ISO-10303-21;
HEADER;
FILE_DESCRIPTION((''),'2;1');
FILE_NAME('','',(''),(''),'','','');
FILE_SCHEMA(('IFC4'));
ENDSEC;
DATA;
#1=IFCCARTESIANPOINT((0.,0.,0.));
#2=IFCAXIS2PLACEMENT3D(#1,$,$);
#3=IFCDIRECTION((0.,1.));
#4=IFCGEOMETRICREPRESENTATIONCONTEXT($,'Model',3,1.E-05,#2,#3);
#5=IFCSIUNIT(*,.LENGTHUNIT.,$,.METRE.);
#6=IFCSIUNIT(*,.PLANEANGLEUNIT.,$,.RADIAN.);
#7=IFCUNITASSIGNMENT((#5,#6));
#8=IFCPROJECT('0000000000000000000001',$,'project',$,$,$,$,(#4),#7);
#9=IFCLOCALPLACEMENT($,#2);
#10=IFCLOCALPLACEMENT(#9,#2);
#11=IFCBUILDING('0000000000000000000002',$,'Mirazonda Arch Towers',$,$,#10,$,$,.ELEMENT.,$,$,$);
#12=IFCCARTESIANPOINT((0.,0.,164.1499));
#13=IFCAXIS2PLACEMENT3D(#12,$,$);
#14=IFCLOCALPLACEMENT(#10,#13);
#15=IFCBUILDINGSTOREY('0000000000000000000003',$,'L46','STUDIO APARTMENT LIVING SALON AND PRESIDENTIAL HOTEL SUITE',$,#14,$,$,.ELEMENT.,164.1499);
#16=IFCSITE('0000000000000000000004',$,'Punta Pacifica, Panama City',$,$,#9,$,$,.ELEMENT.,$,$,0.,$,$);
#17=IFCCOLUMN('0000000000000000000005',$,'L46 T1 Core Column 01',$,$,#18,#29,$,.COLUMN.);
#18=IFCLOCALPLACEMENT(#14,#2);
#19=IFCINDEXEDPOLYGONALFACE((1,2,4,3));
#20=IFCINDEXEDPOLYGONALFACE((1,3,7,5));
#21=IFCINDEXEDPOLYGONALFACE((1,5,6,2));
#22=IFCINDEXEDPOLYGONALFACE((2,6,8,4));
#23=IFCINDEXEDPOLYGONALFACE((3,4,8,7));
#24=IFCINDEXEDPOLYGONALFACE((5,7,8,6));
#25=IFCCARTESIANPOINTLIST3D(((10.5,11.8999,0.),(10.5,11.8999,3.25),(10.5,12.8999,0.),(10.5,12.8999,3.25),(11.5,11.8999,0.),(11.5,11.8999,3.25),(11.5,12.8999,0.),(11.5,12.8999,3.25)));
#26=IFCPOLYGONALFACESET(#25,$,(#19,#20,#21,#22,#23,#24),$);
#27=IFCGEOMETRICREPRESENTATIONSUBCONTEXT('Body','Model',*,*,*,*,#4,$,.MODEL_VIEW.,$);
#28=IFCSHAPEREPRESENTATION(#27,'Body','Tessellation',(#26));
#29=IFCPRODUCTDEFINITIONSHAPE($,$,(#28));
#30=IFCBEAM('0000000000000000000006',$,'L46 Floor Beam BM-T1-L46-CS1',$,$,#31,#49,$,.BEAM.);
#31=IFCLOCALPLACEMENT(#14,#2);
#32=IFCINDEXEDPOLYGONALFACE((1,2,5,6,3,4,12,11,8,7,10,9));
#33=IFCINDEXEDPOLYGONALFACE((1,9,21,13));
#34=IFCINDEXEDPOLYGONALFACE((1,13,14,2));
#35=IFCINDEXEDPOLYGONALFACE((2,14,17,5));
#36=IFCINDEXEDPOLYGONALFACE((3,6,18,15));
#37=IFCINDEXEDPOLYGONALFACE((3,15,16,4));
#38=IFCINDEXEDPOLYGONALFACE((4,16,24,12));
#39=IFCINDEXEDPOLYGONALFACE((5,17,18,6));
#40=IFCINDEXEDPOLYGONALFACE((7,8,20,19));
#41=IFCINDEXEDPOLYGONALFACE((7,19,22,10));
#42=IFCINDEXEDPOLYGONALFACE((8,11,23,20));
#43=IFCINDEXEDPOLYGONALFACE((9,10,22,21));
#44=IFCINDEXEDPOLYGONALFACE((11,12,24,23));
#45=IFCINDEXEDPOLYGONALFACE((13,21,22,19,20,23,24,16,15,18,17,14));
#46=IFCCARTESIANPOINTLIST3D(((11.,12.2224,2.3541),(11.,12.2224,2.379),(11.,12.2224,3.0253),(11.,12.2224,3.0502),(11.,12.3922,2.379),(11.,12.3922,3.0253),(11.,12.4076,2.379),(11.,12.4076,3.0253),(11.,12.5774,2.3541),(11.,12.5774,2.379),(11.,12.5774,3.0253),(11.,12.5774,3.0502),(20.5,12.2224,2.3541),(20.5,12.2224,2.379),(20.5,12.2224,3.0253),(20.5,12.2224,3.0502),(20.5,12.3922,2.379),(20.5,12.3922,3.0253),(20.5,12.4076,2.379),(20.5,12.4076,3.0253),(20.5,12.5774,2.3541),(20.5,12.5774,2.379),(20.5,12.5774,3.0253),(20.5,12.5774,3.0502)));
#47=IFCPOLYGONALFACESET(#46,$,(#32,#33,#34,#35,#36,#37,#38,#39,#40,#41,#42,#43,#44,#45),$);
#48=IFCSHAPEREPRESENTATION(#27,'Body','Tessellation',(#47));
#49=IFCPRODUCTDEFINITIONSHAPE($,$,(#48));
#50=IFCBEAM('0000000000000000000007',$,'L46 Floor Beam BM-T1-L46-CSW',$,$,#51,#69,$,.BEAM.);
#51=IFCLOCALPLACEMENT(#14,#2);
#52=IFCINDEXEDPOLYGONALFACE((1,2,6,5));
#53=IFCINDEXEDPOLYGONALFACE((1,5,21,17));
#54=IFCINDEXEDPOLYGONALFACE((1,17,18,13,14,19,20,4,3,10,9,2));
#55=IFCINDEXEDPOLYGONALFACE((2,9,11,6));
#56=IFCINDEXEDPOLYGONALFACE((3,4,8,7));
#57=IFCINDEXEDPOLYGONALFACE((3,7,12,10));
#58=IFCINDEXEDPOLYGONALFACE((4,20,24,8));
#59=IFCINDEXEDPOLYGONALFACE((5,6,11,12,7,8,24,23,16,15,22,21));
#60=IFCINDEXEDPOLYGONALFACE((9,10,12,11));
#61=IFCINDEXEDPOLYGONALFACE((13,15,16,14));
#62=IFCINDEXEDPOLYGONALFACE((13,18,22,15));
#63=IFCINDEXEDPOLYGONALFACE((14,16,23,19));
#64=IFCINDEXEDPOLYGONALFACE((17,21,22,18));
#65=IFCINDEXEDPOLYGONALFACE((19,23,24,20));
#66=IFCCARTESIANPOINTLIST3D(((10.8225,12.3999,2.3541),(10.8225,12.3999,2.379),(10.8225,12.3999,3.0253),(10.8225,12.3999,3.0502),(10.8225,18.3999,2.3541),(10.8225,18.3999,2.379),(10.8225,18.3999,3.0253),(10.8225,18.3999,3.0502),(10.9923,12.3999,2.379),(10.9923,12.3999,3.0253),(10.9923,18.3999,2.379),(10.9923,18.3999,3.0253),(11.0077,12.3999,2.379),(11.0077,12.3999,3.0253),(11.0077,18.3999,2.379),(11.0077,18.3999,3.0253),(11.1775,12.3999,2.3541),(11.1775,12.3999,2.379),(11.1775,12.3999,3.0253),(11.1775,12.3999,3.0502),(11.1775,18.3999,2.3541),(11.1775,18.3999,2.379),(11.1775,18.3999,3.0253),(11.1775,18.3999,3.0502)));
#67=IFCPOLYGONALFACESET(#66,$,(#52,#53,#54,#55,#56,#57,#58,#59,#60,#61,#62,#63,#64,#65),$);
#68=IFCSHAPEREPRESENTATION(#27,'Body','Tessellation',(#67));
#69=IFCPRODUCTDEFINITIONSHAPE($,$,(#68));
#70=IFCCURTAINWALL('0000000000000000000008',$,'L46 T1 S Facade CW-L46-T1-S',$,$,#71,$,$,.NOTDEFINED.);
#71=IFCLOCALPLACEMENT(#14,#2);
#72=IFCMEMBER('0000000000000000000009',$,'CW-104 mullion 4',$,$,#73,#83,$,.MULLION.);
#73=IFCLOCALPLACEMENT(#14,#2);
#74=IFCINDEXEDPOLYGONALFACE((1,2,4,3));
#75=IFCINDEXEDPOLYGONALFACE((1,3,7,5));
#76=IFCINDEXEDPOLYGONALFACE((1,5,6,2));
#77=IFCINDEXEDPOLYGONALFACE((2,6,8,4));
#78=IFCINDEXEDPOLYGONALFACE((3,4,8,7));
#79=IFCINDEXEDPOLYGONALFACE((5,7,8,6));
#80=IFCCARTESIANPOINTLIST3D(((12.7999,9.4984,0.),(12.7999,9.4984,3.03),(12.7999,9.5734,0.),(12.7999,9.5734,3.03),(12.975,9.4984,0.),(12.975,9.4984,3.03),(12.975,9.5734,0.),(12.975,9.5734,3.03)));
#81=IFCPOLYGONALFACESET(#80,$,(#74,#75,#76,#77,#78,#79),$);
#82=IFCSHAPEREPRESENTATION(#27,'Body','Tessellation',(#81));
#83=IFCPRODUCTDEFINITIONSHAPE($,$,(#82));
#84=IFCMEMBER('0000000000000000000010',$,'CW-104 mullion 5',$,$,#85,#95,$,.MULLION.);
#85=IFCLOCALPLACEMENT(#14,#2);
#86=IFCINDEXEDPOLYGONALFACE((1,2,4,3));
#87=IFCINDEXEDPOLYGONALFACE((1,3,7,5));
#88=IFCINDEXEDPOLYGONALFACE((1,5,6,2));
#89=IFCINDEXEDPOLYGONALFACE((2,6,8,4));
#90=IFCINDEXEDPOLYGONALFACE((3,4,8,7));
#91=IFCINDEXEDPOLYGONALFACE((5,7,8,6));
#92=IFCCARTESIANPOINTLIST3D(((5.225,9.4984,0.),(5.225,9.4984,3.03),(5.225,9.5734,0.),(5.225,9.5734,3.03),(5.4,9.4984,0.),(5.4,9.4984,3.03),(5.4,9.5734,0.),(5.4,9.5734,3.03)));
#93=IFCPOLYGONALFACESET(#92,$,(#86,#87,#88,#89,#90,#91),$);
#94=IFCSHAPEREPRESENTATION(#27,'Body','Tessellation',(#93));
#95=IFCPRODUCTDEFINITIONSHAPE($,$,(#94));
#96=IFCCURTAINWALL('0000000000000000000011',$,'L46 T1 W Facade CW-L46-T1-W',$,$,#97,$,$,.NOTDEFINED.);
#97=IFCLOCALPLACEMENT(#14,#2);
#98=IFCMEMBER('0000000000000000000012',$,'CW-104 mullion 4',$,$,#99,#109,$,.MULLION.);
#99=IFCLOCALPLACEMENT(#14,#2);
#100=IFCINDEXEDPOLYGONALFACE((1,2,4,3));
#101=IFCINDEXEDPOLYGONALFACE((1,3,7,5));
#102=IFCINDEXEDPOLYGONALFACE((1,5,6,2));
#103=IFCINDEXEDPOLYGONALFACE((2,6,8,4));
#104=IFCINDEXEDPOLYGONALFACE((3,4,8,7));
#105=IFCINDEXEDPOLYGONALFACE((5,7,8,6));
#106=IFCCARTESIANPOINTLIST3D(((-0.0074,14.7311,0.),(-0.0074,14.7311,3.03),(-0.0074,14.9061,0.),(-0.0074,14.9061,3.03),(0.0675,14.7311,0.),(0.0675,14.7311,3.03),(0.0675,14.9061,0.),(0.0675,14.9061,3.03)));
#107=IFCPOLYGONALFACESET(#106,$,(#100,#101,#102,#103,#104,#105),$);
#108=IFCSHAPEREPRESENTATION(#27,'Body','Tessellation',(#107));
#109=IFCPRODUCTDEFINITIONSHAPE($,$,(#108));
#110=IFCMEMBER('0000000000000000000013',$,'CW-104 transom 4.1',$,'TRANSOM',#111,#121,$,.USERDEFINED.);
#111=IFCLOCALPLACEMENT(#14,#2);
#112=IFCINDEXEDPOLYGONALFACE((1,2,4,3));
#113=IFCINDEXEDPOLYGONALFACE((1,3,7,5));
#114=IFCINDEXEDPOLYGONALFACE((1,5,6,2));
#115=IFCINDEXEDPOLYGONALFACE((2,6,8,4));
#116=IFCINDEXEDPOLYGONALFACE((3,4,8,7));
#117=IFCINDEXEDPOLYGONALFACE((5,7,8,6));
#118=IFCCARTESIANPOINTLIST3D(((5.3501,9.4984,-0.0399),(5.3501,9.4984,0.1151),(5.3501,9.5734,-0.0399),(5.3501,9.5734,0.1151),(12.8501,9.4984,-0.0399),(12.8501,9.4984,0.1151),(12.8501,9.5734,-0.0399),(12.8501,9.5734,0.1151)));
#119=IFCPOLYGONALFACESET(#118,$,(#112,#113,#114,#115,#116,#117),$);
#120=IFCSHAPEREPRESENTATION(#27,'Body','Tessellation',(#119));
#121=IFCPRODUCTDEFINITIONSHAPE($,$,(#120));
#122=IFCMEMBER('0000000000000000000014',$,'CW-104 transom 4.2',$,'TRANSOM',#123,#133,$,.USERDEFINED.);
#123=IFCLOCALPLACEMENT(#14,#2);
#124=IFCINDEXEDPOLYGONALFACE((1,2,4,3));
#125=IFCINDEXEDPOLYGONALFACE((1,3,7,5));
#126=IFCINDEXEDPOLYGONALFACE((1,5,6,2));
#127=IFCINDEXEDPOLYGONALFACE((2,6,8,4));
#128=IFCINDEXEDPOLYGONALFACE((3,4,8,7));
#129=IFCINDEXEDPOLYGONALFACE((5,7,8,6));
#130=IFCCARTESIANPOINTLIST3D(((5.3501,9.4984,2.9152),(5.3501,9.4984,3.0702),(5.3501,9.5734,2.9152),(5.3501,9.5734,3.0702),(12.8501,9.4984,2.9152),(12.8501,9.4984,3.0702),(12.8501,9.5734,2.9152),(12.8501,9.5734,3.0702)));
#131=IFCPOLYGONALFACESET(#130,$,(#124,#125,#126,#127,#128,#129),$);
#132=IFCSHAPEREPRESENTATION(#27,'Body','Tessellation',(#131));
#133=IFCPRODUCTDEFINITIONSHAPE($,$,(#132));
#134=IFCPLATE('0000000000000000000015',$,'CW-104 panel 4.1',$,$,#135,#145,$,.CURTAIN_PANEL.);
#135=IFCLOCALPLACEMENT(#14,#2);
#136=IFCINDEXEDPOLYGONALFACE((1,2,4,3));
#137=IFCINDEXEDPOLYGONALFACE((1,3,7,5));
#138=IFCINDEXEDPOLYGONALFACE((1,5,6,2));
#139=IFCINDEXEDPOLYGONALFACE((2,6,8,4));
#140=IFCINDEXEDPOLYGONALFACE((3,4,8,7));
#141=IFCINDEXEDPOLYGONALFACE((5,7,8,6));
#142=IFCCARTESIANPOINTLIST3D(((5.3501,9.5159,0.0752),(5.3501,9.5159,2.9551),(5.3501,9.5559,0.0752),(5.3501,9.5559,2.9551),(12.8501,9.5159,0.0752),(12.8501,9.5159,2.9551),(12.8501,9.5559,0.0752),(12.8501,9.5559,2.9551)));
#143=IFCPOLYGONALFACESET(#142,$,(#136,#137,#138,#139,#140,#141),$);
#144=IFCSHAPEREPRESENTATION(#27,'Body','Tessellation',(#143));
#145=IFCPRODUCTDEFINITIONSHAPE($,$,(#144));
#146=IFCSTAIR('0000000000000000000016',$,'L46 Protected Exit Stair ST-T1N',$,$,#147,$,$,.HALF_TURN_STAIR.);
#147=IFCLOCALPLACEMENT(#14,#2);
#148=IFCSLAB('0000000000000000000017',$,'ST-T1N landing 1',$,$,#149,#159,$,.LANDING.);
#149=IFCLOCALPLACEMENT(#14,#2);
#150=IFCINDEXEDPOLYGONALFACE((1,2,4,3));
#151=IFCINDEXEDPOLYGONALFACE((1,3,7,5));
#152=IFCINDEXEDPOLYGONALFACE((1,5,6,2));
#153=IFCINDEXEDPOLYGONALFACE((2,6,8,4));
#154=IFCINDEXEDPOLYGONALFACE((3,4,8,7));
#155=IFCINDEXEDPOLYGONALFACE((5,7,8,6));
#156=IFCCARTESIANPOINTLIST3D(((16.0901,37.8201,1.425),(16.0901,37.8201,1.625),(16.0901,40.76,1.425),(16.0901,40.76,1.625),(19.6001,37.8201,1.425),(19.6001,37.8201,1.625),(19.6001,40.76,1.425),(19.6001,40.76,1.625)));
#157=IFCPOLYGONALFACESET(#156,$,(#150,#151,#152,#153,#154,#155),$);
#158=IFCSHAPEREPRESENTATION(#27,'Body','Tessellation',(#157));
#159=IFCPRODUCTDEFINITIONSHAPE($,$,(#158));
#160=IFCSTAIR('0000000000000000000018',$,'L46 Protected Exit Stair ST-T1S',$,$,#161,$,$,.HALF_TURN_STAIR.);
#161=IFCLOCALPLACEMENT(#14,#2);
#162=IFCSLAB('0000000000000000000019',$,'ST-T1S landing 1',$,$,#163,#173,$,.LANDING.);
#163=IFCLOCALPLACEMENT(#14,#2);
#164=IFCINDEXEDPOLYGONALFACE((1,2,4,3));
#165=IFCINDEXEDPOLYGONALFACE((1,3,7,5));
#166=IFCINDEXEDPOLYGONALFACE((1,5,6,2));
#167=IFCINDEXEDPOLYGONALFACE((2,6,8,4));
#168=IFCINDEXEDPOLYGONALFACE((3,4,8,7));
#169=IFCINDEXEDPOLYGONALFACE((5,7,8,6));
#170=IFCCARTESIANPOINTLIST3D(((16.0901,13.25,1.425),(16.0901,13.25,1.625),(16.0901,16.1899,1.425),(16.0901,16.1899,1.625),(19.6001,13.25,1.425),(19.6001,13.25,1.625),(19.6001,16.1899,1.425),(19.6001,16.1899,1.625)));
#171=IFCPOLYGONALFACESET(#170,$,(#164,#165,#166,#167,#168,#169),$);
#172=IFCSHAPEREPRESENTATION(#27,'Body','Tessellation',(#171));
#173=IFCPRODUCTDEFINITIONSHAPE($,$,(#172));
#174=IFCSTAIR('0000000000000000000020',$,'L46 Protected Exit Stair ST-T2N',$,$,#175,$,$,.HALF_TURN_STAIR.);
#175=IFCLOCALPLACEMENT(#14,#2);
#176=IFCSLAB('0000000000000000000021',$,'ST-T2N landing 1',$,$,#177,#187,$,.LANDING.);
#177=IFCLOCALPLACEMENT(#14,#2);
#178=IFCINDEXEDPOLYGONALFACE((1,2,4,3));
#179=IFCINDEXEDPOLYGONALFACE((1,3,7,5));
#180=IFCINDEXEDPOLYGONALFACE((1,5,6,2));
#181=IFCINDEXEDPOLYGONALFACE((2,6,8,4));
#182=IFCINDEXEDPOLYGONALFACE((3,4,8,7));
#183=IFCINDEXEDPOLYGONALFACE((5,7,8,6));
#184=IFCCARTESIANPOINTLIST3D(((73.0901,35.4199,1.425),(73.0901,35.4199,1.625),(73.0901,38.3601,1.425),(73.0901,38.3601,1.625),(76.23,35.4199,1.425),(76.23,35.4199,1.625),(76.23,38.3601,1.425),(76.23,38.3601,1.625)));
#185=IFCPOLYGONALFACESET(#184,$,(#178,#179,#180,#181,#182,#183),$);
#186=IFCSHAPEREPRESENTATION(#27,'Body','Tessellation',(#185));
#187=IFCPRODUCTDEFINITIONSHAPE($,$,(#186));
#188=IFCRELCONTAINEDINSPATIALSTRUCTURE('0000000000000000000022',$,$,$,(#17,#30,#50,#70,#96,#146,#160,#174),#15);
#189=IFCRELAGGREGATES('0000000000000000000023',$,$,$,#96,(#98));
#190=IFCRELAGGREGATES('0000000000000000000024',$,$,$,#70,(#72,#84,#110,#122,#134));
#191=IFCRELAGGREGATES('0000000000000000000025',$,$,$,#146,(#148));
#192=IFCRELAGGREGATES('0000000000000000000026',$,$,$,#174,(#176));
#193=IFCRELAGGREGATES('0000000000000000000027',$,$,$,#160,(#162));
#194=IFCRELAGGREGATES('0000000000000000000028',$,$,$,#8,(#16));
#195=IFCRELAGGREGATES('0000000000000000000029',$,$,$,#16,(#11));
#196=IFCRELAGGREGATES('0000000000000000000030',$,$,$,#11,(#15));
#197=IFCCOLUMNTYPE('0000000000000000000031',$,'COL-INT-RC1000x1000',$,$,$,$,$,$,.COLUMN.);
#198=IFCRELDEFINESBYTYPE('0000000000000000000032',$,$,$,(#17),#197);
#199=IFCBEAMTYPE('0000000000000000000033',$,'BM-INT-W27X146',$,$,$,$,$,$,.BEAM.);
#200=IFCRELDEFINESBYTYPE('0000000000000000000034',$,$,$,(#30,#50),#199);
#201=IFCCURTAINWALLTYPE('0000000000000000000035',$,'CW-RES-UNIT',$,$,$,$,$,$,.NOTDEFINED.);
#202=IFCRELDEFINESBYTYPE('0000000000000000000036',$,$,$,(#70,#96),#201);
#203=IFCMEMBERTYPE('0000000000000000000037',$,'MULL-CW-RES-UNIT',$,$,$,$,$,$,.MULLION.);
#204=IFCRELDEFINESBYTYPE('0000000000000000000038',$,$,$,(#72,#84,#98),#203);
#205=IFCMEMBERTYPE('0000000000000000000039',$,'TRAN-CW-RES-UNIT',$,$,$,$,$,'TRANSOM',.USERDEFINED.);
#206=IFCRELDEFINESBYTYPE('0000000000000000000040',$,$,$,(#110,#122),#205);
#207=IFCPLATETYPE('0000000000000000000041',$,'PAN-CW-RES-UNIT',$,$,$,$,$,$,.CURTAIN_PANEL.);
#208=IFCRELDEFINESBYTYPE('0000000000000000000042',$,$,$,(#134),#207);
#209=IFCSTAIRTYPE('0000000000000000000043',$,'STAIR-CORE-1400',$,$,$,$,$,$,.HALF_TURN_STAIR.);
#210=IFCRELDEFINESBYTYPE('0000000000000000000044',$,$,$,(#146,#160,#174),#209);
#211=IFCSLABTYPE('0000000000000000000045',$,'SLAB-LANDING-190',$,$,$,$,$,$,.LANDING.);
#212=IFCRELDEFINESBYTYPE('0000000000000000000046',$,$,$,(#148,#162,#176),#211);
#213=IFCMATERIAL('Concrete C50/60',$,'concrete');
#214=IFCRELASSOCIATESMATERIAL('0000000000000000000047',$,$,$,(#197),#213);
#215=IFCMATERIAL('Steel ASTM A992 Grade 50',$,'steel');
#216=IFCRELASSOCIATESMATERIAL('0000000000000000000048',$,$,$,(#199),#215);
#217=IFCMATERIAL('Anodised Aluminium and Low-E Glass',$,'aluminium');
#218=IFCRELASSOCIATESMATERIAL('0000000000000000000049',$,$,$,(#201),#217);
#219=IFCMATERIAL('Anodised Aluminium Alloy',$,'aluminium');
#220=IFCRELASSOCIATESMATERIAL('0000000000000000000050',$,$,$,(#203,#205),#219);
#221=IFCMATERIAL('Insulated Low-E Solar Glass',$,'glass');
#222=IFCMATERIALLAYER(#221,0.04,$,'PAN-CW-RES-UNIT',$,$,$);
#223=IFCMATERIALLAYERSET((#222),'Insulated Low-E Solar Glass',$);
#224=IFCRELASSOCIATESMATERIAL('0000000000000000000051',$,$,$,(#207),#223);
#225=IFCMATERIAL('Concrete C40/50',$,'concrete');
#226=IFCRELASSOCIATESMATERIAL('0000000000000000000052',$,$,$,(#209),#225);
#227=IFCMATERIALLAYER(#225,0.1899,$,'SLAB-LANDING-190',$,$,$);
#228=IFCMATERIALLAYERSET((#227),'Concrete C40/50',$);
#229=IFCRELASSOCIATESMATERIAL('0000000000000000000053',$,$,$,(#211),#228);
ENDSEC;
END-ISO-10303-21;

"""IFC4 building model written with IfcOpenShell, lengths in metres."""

from ifc_helpers import new_model, si_unit, direction, frame, origin, origin_2d, place, context, subcontext, project, spatial, polyline, rectangle, i_section, outline, extrude, material, layer, layer_set, material_profile, profile_set, type_object, element, aggregate, save


model = new_model("IFC4")

# Units and contexts
model_context = context("Model", 3, precision=1e-05, world=origin(), true_north=direction((0.0, 1.0)))
body_context = subcontext(model_context, "Body", "Model", "MODEL_VIEW")
ifc_project = project(units=[si_unit("LENGTHUNIT", "METRE"), si_unit("PLANEANGLEUNIT", "RADIAN")], contexts=[model_context])

# Site, building, storey
site_placement = place(None, origin())
site = spatial("IfcSite", under=ifc_project, at=site_placement, Name="Punta Pacifica, Panama City", CompositionType="ELEMENT", RefElevation=0.0)
building_placement = place(site_placement, origin())
building = spatial("IfcBuilding", under=site, at=building_placement, Name="Mirazonda Arch Towers", CompositionType="ELEMENT")
storey_placement = place(building_placement, frame((0.0, 0.0, 164.1499)))
storey = spatial("IfcBuildingStorey", under=building, at=storey_placement, Name="L46", Description="STUDIO APARTMENT LIVING SALON AND PRESIDENTIAL HOTEL SUITE", CompositionType="ELEMENT", Elevation=164.1499)

# Column
ifc_material_1 = material(Name="Concrete C50/60", Category="concrete")
ifc_material_profile_1 = material_profile(ifc_material_1, rectangle(XDim=1.0, YDim=1.0, at=origin_2d()), Name="RC1000x1000")
ifc_profile_set_1 = profile_set([ifc_material_profile_1], Name="Concrete C50/60")
column_type = type_object("IfcColumnType", Name="COL-INT-RC1000x1000", PredefinedType="COLUMN", material=ifc_profile_set_1)
column_placement = place(storey_placement, frame((11.0, 12.3999, 0.0), z_axis=(0.0, 0.0, 1.0), x_axis=(1.0, 0.0, 0.0)))
element("IfcColumn", 1, at=column_placement, inside=storey, type_object=column_type, Name="L46 T1 Core Column 01", PredefinedType="COLUMN", context=body_context, shape_type="SweptSolid", body=[
    extrude(rectangle(XDim=1.0, YDim=1.0, at=origin_2d()), origin(), (0.0, 0.0, 1.0), 3.25),
])

# Beams
ifc_material_2 = material(Name="Steel ASTM A992 Grade 50", Category="steel")
ifc_material_profile_2 = material_profile(ifc_material_2, i_section(OverallWidth=0.355, OverallDepth=0.696, WebThickness=0.0154, FlangeThickness=0.0249, at=origin_2d()), Name="W27X146")
ifc_profile_set_2 = profile_set([ifc_material_profile_2], Name="Steel ASTM A992 Grade 50")
beam_type = type_object("IfcBeamType", Name="BM-INT-W27X146", PredefinedType="BEAM", material=ifc_profile_set_2)
beam_1_placement = place(storey_placement, frame((11.0, 12.3999, 2.7021), z_axis=(1.0, 0.0, 0.0), x_axis=(0.0, 1.0, 0.0)))
element("IfcBeam", 2, at=beam_1_placement, inside=storey, type_object=beam_type, Name="L46 Floor Beam BM-T1-L46-CS1", PredefinedType="BEAM", context=body_context, shape_type="SweptSolid", body=[
    extrude(i_section(OverallWidth=0.355, OverallDepth=0.696, WebThickness=0.0154, FlangeThickness=0.0249, at=origin_2d()), origin(), (0.0, 0.0, 1.0), 9.5),
])
beam_2_placement = place(storey_placement, frame((11.0, 12.3999, 2.7021), z_axis=(0.0, 1.0, 0.0), x_axis=(-1.0, 0.0, 0.0)))
element("IfcBeam", 3, at=beam_2_placement, inside=storey, type_object=beam_type, Name="L46 Floor Beam BM-T1-L46-CSW", PredefinedType="BEAM", context=body_context, shape_type="SweptSolid", body=[
    extrude(i_section(OverallWidth=0.355, OverallDepth=0.696, WebThickness=0.0154, FlangeThickness=0.0249, at=origin_2d()), origin(), (0.0, 0.0, 1.0), 6.0),
])

# Curtain wall, members
ifc_material_3 = material(Name="Anodised Aluminium and Low-E Glass", Category="aluminium")
curtain_wall_type = type_object("IfcCurtainWallType", Name="CW-RES-UNIT", PredefinedType="NOTDEFINED", material=ifc_material_3)
curtain_wall_1_placement = place(storey_placement, origin())
curtain_wall_1 = element("IfcCurtainWall", 4, at=curtain_wall_1_placement, inside=storey, type_object=curtain_wall_type, Name="L46 T1 S Facade CW-L46-T1-S", PredefinedType="NOTDEFINED")
ifc_material_4 = material(Name="Anodised Aluminium Alloy", Category="aluminium")
ifc_material_profile_3 = material_profile(ifc_material_4, rectangle(XDim=0.075, YDim=0.175, at=origin_2d()), Name="ALU-MULL-75x175")
ifc_profile_set_3 = profile_set([ifc_material_profile_3], Name="Anodised Aluminium Alloy")
member_type_1 = type_object("IfcMemberType", Name="MULL-CW-RES-UNIT", PredefinedType="MULLION", material=ifc_profile_set_3)
member_1_placement = place(storey_placement, frame((12.8875, 9.5359, 0.0), z_axis=(0.0, 0.0, 1.0), x_axis=(0.0, -1.0, 0.0)))
member_1 = element("IfcMember", 5, at=member_1_placement, type_object=member_type_1, Name="CW-104 mullion 4", PredefinedType="MULLION", context=body_context, shape_type="SweptSolid", body=[
    extrude(rectangle(XDim=0.075, YDim=0.175, at=origin_2d()), origin(), (0.0, 0.0, 1.0), 3.03),
])
member_2_placement = place(storey_placement, frame((5.3125, 9.5359, 0.0), z_axis=(0.0, 0.0, 1.0), x_axis=(0.0, -1.0, 0.0)))
member_2 = element("IfcMember", 6, at=member_2_placement, type_object=member_type_1, Name="CW-104 mullion 5", PredefinedType="MULLION", context=body_context, shape_type="SweptSolid", body=[
    extrude(rectangle(XDim=0.075, YDim=0.175, at=origin_2d()), origin(), (0.0, 0.0, 1.0), 3.03),
])

# Curtain wall, member
curtain_wall_2_placement = place(storey_placement, origin())
curtain_wall_2 = element("IfcCurtainWall", 7, at=curtain_wall_2_placement, inside=storey, type_object=curtain_wall_type, Name="L46 T1 W Facade CW-L46-T1-W", PredefinedType="NOTDEFINED")
member_3_placement = place(storey_placement, frame((0.03, 14.8186, 0.0), z_axis=(0.0, 0.0, 1.0), x_axis=(1.0, 0.0, 0.0)))
member_3 = element("IfcMember", 8, at=member_3_placement, type_object=member_type_1, Name="CW-104 mullion 4", PredefinedType="MULLION", context=body_context, shape_type="SweptSolid", body=[
    extrude(rectangle(XDim=0.075, YDim=0.175, at=origin_2d()), origin(), (0.0, 0.0, 1.0), 3.03),
])
aggregate(curtain_wall_2, [member_3])

# Members
ifc_material_profile_4 = material_profile(ifc_material_4, rectangle(XDim=0.075, YDim=0.155, at=origin_2d()), Name="ALU-TRAN-75x155")
ifc_profile_set_4 = profile_set([ifc_material_profile_4], Name="Anodised Aluminium Alloy")
member_type_2 = type_object("IfcMemberType", Name="TRAN-CW-RES-UNIT", ElementType="TRANSOM", PredefinedType="USERDEFINED", material=ifc_profile_set_4)
member_4_placement = place(storey_placement, frame((12.8501, 9.5359, 0.0376), z_axis=(-1.0, 0.0, 0.0), x_axis=(0.0, -1.0, 0.0)))
member_4 = element("IfcMember", 9, at=member_4_placement, type_object=member_type_2, Name="CW-104 transom 4.1", ObjectType="TRANSOM", PredefinedType="USERDEFINED", context=body_context, shape_type="SweptSolid", body=[
    extrude(rectangle(XDim=0.075, YDim=0.155, at=origin_2d()), origin(), (0.0, 0.0, 1.0), 7.5),
])
member_5_placement = place(storey_placement, frame((12.8501, 9.5359, 2.9927), z_axis=(-1.0, 0.0, 0.0), x_axis=(0.0, -1.0, 0.0)))
member_5 = element("IfcMember", 10, at=member_5_placement, type_object=member_type_2, Name="CW-104 transom 4.2", ObjectType="TRANSOM", PredefinedType="USERDEFINED", context=body_context, shape_type="SweptSolid", body=[
    extrude(rectangle(XDim=0.075, YDim=0.155, at=origin_2d()), origin(), (0.0, 0.0, 1.0), 7.5),
])

# Plate
ifc_material_5 = material(Name="Insulated Low-E Solar Glass", Category="glass")
ifc_layer_1 = layer(ifc_material_5, 0.04, Name="PAN-CW-RES-UNIT")
ifc_layer_set_1 = layer_set([ifc_layer_1], Name="Insulated Low-E Solar Glass")
plate_type = type_object("IfcPlateType", Name="PAN-CW-RES-UNIT", PredefinedType="CURTAIN_PANEL", material=ifc_layer_set_1)
plate_placement = place(storey_placement, frame((9.1001, 9.5359, 0.0752), z_axis=(0.0, 0.0, 1.0), x_axis=(-1.0, 0.0, 0.0)))
plate = element("IfcPlate", 11, at=plate_placement, type_object=plate_type, Name="CW-104 panel 4.1", PredefinedType="CURTAIN_PANEL", context=body_context, shape_type="SweptSolid", body=[
    extrude(rectangle(XDim=7.5, YDim=0.04, at=origin_2d()), origin(), (0.0, 0.0, 1.0), 2.8799),
])
aggregate(curtain_wall_1, [member_1, member_2, member_4, member_5, plate])

# Stairs, slabs
ifc_material_6 = material(Name="Concrete C40/50", Category="concrete")
stair_type = type_object("IfcStairType", Name="STAIR-CORE-1400", PredefinedType="HALF_TURN_STAIR", material=ifc_material_6)
stair_1_placement = place(storey_placement, origin())
stair_1 = element("IfcStair", 12, at=stair_1_placement, inside=storey, type_object=stair_type, Name="L46 Protected Exit Stair ST-T1N", PredefinedType="HALF_TURN_STAIR")
ifc_layer_2 = layer(ifc_material_6, 0.1899, Name="SLAB-LANDING-190")
ifc_layer_set_2 = layer_set([ifc_layer_2], Name="Concrete C40/50")
slab_type_1 = type_object("IfcSlabType", Name="SLAB-LANDING-190", PredefinedType="LANDING", material=ifc_layer_set_2)
slab_1_placement = place(storey_placement, frame((0.0, 0.0, 1.425)))
slab_1 = element("IfcSlab", 13, at=slab_1_placement, type_object=slab_type_1, Name="ST-T1N landing 1", PredefinedType="LANDING", context=body_context, shape_type="SweptSolid", body=[
    extrude(outline(polyline([(16.0901, 37.8201), (19.6001, 37.8201), (19.6001, 40.76), (16.0901, 40.76), (16.0901, 37.8201)])), origin(), (0.0, 0.0, 1.0), 0.2),
])
aggregate(stair_1, [slab_1])
stair_2_placement = place(storey_placement, origin())
stair_2 = element("IfcStair", 14, at=stair_2_placement, inside=storey, type_object=stair_type, Name="L46 Protected Exit Stair ST-T1S", PredefinedType="HALF_TURN_STAIR")
slab_2_placement = place(storey_placement, frame((0.0, 0.0, 1.425)))
slab_2 = element("IfcSlab", 15, at=slab_2_placement, type_object=slab_type_1, Name="ST-T1S landing 1", PredefinedType="LANDING", context=body_context, shape_type="SweptSolid", body=[
    extrude(outline(polyline([(16.0901, 13.25), (19.6001, 13.25), (19.6001, 16.1899), (16.0901, 16.1899), (16.0901, 13.25)])), origin(), (0.0, 0.0, 1.0), 0.2),
])
stair_3_placement = place(storey_placement, origin())
stair_3 = element("IfcStair", 16, at=stair_3_placement, inside=storey, type_object=stair_type, Name="L46 Protected Exit Stair ST-T2N", PredefinedType="HALF_TURN_STAIR")
slab_3_placement = place(storey_placement, frame((0.0, 0.0, 1.425)))
slab_3 = element("IfcSlab", 17, at=slab_3_placement, type_object=slab_type_1, Name="ST-T2N landing 1", PredefinedType="LANDING", context=body_context, shape_type="SweptSolid", body=[
    extrude(outline(polyline([(73.0901, 35.4199), (76.23, 35.4199), (76.23, 38.3601), (73.0901, 38.3601), (73.0901, 35.4199)])), origin(), (0.0, 0.0, 1.0), 0.2),
])
aggregate(stair_3, [slab_3])

aggregate(stair_2, [slab_2])

save(model, "model.ifc")
